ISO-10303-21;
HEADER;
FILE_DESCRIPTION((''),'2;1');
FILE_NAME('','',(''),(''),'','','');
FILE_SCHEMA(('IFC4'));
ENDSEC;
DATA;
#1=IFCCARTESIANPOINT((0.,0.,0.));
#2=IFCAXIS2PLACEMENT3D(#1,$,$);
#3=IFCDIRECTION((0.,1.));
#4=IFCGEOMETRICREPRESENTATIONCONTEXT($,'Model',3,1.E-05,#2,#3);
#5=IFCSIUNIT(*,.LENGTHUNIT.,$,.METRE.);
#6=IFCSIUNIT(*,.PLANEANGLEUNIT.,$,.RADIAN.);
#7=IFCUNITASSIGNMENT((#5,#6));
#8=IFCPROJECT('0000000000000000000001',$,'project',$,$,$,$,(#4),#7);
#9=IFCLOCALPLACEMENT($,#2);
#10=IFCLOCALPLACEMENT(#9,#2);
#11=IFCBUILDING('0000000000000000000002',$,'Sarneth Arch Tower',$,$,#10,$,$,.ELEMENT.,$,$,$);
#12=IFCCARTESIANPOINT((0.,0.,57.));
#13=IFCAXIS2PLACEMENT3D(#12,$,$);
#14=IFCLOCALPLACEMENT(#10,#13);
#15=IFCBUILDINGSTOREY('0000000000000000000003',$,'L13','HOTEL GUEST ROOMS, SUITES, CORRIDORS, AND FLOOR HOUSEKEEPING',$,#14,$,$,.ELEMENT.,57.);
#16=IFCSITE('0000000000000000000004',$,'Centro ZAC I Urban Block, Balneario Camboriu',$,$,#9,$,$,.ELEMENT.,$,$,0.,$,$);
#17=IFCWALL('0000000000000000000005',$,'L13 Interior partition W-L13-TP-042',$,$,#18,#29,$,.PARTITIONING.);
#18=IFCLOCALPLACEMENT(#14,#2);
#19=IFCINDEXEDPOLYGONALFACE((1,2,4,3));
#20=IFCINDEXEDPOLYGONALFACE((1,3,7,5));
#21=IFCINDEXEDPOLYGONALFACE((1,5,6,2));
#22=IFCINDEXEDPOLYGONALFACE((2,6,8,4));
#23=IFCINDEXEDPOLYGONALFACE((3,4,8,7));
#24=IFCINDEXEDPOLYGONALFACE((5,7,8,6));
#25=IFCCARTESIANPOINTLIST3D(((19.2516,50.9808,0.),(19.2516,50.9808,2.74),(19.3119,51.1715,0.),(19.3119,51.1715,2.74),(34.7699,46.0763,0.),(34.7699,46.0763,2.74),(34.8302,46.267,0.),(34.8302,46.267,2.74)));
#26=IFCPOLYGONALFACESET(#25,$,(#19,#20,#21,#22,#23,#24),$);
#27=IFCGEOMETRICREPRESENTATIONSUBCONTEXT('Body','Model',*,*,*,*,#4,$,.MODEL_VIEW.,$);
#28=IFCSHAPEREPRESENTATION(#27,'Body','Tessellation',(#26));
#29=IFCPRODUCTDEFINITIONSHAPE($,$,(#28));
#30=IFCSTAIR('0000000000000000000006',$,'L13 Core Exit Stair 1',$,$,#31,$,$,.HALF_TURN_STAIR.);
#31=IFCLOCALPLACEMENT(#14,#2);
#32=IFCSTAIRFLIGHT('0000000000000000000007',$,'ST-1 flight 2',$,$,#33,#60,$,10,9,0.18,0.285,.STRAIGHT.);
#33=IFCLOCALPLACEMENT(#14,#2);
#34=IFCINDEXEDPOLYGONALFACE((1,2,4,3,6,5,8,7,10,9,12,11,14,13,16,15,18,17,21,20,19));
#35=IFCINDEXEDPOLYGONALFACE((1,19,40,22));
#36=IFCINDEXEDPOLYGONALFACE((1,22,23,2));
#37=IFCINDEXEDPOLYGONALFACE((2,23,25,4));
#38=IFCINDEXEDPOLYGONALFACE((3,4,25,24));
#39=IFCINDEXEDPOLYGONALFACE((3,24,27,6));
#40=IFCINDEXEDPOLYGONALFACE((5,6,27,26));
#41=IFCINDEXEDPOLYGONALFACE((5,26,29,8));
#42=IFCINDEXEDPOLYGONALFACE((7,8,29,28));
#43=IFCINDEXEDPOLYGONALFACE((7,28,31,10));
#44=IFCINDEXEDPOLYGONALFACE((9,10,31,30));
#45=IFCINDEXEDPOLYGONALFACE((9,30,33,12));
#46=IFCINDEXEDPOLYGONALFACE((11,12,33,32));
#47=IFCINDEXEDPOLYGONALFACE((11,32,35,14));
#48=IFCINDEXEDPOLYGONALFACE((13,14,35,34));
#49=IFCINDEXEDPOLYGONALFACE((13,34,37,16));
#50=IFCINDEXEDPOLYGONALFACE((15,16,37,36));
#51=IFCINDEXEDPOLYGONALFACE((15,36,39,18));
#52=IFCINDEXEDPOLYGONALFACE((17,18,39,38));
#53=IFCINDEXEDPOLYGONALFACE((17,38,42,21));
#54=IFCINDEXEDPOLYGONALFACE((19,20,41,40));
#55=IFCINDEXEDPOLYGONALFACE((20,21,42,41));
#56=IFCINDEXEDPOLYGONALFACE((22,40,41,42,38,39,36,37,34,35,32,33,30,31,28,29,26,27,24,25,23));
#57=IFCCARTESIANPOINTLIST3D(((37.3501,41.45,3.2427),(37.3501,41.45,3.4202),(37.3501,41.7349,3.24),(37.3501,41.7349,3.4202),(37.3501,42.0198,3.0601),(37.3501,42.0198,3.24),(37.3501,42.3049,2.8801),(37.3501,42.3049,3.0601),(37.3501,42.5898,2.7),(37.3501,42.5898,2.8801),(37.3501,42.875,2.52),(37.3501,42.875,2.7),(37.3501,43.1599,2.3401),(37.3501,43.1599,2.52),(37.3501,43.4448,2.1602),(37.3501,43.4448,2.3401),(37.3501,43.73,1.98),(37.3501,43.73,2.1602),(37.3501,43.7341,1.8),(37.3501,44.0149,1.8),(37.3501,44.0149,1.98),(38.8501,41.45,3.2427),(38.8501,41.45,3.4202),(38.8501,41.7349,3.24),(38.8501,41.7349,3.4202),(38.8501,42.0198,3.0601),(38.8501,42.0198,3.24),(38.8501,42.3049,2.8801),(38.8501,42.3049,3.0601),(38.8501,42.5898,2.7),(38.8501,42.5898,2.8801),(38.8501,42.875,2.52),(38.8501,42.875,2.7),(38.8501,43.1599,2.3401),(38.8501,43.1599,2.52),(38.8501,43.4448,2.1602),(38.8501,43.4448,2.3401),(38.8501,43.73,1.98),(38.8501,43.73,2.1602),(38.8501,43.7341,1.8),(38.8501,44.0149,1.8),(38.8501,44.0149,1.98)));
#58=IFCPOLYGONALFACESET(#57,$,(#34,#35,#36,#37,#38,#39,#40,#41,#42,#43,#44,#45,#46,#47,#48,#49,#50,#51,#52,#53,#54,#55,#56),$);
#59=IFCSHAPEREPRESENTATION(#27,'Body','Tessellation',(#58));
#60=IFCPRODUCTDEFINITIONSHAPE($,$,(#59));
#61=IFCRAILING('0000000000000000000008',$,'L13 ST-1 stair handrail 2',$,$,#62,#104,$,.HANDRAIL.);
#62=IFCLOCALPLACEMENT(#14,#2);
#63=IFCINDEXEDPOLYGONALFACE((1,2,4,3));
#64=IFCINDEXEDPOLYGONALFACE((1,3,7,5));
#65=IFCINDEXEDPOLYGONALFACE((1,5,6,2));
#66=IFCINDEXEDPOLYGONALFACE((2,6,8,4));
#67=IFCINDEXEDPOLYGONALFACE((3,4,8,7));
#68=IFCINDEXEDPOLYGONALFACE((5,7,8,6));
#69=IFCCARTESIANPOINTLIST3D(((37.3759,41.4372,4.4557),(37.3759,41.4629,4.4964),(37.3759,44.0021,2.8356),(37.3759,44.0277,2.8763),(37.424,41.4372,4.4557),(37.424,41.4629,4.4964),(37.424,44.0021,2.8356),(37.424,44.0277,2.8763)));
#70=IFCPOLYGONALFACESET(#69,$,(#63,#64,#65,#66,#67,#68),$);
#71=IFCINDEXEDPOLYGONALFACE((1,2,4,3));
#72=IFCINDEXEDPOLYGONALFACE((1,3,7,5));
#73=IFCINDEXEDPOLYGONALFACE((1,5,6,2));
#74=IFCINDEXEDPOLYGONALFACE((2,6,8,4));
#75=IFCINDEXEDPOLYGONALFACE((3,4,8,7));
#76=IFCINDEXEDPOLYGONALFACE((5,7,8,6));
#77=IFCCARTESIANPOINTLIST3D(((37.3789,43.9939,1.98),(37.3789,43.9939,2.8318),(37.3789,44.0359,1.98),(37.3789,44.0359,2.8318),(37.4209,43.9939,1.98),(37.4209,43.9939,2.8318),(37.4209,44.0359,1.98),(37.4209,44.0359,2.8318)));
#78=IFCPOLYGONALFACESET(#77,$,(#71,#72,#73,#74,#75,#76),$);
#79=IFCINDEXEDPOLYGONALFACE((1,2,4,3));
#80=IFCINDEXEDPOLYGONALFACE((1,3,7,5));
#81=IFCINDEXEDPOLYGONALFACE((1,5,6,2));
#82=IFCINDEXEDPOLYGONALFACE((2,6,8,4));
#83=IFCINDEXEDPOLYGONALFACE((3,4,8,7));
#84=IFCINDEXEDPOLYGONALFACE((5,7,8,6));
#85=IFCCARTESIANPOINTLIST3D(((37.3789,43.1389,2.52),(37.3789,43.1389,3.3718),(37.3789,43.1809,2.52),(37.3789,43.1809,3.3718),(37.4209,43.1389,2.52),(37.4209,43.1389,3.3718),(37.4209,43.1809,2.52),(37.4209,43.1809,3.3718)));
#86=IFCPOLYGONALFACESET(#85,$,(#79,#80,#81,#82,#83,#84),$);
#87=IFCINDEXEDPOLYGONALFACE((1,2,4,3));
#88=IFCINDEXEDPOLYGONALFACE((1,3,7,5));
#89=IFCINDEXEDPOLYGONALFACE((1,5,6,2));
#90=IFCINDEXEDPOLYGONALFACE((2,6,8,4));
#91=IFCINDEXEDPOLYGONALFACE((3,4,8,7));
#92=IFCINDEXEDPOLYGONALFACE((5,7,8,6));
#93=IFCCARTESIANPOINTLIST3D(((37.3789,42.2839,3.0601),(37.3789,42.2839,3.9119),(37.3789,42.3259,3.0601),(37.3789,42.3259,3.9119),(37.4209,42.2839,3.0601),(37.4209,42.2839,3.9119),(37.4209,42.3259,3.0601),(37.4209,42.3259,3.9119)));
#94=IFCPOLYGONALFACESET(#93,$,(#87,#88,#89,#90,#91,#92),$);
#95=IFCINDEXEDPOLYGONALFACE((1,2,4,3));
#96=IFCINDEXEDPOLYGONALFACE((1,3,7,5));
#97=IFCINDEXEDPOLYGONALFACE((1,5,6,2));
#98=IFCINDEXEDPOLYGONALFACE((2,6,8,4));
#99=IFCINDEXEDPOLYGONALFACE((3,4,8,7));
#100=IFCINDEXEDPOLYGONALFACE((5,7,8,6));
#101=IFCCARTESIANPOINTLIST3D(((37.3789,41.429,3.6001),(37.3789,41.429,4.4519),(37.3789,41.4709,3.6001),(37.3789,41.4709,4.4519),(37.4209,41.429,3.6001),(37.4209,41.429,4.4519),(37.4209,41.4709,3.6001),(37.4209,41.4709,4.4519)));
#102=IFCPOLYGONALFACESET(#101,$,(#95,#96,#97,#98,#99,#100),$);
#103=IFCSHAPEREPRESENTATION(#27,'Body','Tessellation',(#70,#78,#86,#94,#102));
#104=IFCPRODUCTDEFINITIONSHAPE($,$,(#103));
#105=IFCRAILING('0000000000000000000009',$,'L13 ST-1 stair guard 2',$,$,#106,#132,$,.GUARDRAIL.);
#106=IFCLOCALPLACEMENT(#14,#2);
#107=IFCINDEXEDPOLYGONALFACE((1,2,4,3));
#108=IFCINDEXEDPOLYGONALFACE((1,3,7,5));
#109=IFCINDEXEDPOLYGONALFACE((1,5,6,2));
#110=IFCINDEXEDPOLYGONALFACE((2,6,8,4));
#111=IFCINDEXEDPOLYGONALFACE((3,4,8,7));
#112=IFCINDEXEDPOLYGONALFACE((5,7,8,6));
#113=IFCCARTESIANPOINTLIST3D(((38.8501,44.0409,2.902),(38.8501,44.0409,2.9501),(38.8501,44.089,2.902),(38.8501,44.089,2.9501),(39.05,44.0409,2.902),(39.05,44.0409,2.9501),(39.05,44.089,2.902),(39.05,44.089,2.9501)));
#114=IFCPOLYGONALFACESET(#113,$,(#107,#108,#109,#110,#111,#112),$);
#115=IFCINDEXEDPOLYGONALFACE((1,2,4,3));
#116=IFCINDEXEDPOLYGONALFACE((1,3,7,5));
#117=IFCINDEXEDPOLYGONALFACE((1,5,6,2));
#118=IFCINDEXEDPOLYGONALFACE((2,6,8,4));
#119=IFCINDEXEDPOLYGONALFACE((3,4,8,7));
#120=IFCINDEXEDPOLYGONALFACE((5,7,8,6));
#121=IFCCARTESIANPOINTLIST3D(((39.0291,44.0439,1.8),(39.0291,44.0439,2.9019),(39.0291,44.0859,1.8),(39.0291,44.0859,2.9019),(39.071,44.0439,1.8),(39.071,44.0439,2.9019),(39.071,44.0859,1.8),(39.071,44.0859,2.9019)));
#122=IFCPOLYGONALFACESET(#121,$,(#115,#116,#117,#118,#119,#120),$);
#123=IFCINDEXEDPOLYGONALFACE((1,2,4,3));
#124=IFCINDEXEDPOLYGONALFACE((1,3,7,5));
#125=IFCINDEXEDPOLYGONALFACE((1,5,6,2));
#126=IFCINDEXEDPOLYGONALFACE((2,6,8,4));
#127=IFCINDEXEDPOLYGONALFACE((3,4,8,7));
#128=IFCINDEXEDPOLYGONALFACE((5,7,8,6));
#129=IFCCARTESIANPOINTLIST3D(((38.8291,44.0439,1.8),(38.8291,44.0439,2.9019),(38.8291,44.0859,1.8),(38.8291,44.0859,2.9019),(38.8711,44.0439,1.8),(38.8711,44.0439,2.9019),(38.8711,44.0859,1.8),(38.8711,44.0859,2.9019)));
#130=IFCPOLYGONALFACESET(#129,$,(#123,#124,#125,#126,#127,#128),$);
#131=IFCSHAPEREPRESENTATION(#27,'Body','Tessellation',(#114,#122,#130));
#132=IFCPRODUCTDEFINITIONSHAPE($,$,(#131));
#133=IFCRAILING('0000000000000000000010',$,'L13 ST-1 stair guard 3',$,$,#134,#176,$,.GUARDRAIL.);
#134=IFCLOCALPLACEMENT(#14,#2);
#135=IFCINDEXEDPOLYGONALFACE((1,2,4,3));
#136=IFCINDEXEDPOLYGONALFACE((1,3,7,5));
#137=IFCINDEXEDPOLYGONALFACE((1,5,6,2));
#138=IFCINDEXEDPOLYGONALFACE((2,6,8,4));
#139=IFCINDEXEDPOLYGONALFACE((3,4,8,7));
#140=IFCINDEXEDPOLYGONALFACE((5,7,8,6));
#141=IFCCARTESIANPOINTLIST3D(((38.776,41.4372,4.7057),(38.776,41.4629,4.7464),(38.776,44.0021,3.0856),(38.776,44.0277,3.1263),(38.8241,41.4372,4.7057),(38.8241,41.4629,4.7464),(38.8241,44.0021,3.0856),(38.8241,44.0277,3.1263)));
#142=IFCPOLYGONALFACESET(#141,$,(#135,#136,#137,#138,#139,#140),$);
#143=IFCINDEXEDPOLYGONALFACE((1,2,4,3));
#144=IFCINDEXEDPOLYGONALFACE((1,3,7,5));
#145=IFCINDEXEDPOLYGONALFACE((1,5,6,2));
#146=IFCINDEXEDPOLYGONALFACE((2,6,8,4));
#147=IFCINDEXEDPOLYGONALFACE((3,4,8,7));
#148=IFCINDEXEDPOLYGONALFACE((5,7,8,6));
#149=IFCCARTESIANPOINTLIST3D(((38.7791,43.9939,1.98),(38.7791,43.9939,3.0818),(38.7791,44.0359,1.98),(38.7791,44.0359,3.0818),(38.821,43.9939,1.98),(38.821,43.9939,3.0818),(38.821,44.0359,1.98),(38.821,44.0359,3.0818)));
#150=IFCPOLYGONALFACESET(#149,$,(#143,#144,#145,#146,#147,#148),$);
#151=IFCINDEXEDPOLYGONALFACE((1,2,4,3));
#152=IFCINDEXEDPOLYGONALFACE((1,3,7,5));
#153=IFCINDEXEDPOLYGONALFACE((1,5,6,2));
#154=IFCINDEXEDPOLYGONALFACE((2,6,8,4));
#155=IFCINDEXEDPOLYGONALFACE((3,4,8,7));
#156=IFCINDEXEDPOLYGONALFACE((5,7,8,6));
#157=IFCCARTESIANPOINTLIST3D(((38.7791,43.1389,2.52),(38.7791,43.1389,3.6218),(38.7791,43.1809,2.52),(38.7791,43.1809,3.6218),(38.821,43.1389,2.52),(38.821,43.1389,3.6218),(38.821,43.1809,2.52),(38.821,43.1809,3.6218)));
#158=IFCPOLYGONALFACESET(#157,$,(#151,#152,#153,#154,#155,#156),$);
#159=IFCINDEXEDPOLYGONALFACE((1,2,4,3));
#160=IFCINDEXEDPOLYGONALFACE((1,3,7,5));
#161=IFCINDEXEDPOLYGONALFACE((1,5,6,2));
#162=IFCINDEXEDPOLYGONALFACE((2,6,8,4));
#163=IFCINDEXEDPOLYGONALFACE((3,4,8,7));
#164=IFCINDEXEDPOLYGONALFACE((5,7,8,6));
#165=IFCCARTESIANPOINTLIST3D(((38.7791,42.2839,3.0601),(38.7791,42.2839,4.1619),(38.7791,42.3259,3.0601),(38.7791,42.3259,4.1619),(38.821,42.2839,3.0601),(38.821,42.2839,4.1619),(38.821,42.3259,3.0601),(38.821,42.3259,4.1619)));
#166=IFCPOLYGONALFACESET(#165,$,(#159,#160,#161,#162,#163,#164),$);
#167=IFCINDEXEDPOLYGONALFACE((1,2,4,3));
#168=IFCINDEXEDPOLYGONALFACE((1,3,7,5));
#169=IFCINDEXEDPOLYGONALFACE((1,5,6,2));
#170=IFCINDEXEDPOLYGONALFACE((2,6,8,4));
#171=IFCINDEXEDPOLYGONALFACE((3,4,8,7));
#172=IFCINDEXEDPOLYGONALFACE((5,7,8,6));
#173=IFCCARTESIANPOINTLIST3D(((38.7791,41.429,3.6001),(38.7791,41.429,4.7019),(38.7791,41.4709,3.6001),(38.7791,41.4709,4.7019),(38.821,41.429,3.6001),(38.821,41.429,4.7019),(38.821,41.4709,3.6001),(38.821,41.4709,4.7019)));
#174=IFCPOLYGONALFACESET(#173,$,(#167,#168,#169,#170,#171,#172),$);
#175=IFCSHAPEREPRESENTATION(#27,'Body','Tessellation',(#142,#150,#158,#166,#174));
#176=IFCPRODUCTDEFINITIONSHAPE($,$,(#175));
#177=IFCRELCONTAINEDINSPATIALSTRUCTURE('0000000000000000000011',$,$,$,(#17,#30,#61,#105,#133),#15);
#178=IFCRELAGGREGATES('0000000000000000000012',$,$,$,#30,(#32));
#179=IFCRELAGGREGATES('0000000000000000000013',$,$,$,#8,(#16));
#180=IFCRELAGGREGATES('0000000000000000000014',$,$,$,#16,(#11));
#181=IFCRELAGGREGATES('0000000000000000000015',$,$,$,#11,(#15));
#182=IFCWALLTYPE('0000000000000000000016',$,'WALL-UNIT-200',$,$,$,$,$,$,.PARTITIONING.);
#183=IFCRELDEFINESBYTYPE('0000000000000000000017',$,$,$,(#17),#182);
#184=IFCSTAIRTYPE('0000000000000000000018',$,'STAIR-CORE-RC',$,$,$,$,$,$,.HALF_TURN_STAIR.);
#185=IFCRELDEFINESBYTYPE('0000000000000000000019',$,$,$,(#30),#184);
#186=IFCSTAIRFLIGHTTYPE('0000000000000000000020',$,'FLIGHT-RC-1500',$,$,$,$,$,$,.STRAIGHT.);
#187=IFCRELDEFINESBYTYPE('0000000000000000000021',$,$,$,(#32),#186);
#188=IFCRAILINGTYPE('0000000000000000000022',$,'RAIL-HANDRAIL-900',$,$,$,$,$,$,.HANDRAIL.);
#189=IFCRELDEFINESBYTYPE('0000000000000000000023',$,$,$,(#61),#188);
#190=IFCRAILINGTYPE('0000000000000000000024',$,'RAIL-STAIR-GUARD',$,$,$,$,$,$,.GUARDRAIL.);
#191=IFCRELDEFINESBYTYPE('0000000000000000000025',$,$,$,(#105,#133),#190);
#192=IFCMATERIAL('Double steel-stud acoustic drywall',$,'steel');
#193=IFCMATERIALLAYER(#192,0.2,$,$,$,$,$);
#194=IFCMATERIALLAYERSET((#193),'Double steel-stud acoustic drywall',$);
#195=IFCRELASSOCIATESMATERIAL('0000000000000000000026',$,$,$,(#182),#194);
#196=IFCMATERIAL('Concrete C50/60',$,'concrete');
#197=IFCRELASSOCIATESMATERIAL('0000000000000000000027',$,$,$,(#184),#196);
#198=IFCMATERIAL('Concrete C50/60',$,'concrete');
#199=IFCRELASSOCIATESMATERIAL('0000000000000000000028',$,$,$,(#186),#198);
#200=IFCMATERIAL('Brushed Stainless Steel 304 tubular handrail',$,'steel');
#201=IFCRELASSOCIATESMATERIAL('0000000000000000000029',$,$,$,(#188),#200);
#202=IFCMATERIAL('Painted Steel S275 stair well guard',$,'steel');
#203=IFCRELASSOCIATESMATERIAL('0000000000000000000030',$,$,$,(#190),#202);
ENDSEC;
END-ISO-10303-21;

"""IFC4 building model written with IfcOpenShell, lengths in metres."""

from ifc_helpers import new_model, si_unit, direction, frame, frame_2d, origin, origin_2d, place, context, subcontext, project, spatial, polyline, rectangle, outline, extrude, material, layer, layer_set, type_object, element, aggregate, save


model = new_model("IFC4")

# Units and contexts
model_context = context("Model", 3, precision=1e-05, world=origin(), true_north=direction((0.0, 1.0)))
body_context = subcontext(model_context, "Body", "Model", "MODEL_VIEW")
ifc_project = project(units=[si_unit("LENGTHUNIT", "METRE"), si_unit("PLANEANGLEUNIT", "RADIAN")], contexts=[model_context])

# Site, building, storey
site_placement = place(None, origin())
site = spatial("IfcSite", under=ifc_project, at=site_placement, Name="Centro ZAC I Urban Block, Balneario Camboriu", CompositionType="ELEMENT", RefElevation=0.0)
building_placement = place(site_placement, origin())
building = spatial("IfcBuilding", under=site, at=building_placement, Name="Sarneth Arch Tower", CompositionType="ELEMENT")
storey_placement = place(building_placement, frame((0.0, 0.0, 57.0)))
storey = spatial("IfcBuildingStorey", under=building, at=storey_placement, Name="L13", Description="HOTEL GUEST ROOMS, SUITES, CORRIDORS, AND FLOOR HOUSEKEEPING", CompositionType="ELEMENT", Elevation=57.0)

# Wall
ifc_material_1 = material(Name="Double steel-stud acoustic drywall", Category="steel")
ifc_layer_1 = layer(ifc_material_1, 0.2)
ifc_layer_set_1 = layer_set([ifc_layer_1], Name="Double steel-stud acoustic drywall")
wall_type_1 = type_object("IfcWallType", Name="WALL-UNIT-200", PredefinedType="PARTITIONING", material=ifc_layer_set_1)
wall_1_placement = place(storey_placement, frame((34.8, 46.1716, 0.0), z_axis=(0.0, 0.0, 1.0), x_axis=(-0.953512, 0.301356, 0.0)))
element("IfcWall", 1, at=wall_1_placement, inside=storey, type_object=wall_type_1, Name="L13 Interior partition W-L13-TP-042", PredefinedType="PARTITIONING", context=body_context, shape_type="SweptSolid", body=[
    extrude(rectangle(XDim=16.2749, YDim=0.2, at=frame_2d((8.1375, 0.0))), origin(), (0.0, 0.0, 1.0), 2.74),
])

# Stair, stair flight
ifc_material_2 = material(Name="Concrete C50/60", Category="concrete")
stair_type = type_object("IfcStairType", Name="STAIR-CORE-RC", PredefinedType="HALF_TURN_STAIR", material=ifc_material_2)
stair_placement = place(storey_placement, origin())
stair = element("IfcStair", 2, at=stair_placement, inside=storey, type_object=stair_type, Name="L13 Core Exit Stair 1", PredefinedType="HALF_TURN_STAIR")
ifc_material_3 = material(Name="Concrete C50/60", Category="concrete")
stair_flight_type = type_object("IfcStairFlightType", Name="FLIGHT-RC-1500", PredefinedType="STRAIGHT", material=ifc_material_3)
stair_flight_placement = place(storey_placement, frame((38.1001, 44.0149, 1.8), z_axis=(0.0, 0.0, 1.0), x_axis=(0.0, -1.0, 0.0)))
stair_flight = element("IfcStairFlight", 3, at=stair_flight_placement, type_object=stair_flight_type, Name="ST-1 flight 2", NumberOfRisers=10, NumberOfTreads=9, PredefinedType="STRAIGHT", RiserHeight=0.18, TreadLength=0.285, context=body_context, shape_type="SweptSolid", body=[
    extrude(outline(polyline([(0.0, 0.0), (0.0, 0.1799), (0.2849, 0.1799), (0.2849, 0.3601), (0.5701, 0.3601), (0.5701, 0.54), (0.855, 0.54), (0.855, 0.72), (1.1399, 0.72), (1.1399, 0.8999), (1.425, 0.8999), (1.425, 1.0801), (1.71, 1.0801), (1.71, 1.26), (1.9951, 1.26), (1.9951, 1.4399), (2.28, 1.4399), (2.28, 1.6201), (2.5649, 1.6201), (2.5649, 1.8), (2.5649, 1.4426), (0.2808, 0.0), (0.0, 0.0)])), frame((0.0, 0.75, 0.0), z_axis=(0.0, -1.0, 0.0), x_axis=(1.0, 0.0, 0.0)), (0.0, 0.0, 1.0), 1.5),
])
aggregate(stair, [stair_flight])

# Railings
ifc_material_4 = material(Name="Brushed Stainless Steel 304 tubular handrail", Category="steel")
railing_type_1 = type_object("IfcRailingType", Name="RAIL-HANDRAIL-900", PredefinedType="HANDRAIL", material=ifc_material_4)
railing_1_placement = place(storey_placement, frame((37.3999, 44.0149, 1.98)))
element("IfcRailing", 4, at=railing_1_placement, inside=storey, type_object=railing_type_1, Name="L13 ST-1 stair handrail 2", PredefinedType="HANDRAIL", context=body_context, shape_type="SweptSolid", body=[
    extrude(rectangle(XDim=0.0481, YDim=0.0481, at=origin_2d()), frame((0.0, 0.0, 0.876), z_axis=(0.0, -0.845466, 0.534029), x_axis=(1.0, 0.0, 0.0)), (0.0, 0.0, 1.0), 3.0337),
    extrude(rectangle(XDim=0.042, YDim=0.042, at=origin_2d()), origin(), (0.0, 0.0, 1.0), 0.8518),
    extrude(rectangle(XDim=0.042, YDim=0.042, at=origin_2d()), frame((0.0, -0.855, 0.54)), (0.0, 0.0, 1.0), 0.8518),
    extrude(rectangle(XDim=0.042, YDim=0.042, at=origin_2d()), frame((0.0, -1.71, 1.0801)), (0.0, 0.0, 1.0), 0.8518),
    extrude(rectangle(XDim=0.042, YDim=0.042, at=origin_2d()), frame((0.0, -2.5649, 1.6201)), (0.0, 0.0, 1.0), 0.8518),
])
ifc_material_5 = material(Name="Painted Steel S275 stair well guard", Category="steel")
railing_type_2 = type_object("IfcRailingType", Name="RAIL-STAIR-GUARD", PredefinedType="GUARDRAIL", material=ifc_material_5)
railing_2_placement = place(storey_placement, frame((39.05, 44.0649, 1.8)))
element("IfcRailing", 5, at=railing_2_placement, inside=storey, type_object=railing_type_2, Name="L13 ST-1 stair guard 2", PredefinedType="GUARDRAIL", context=body_context, shape_type="SweptSolid", body=[
    extrude(rectangle(XDim=0.0481, YDim=0.0481, at=origin_2d()), frame((0.0, 0.0, 1.126), z_axis=(-1.0, 0.0, 0.0), x_axis=(0.0, -1.0, 0.0)), (0.0, 0.0, 1.0), 0.2),
    extrude(rectangle(XDim=0.042, YDim=0.042, at=origin_2d()), origin(), (0.0, 0.0, 1.0), 1.1018),
    extrude(rectangle(XDim=0.042, YDim=0.042, at=origin_2d()), frame((-0.2, 0.0, 0.0)), (0.0, 0.0, 1.0), 1.1018),
])
railing_3_placement = place(storey_placement, frame((38.8, 44.0149, 1.98)))
element("IfcRailing", 6, at=railing_3_placement, inside=storey, type_object=railing_type_2, Name="L13 ST-1 stair guard 3", PredefinedType="GUARDRAIL", context=body_context, shape_type="SweptSolid", body=[
    extrude(rectangle(XDim=0.0481, YDim=0.0481, at=origin_2d()), frame((0.0, 0.0, 1.126), z_axis=(0.0, -0.845466, 0.534029), x_axis=(1.0, 0.0, 0.0)), (0.0, 0.0, 1.0), 3.0337),
    extrude(rectangle(XDim=0.042, YDim=0.042, at=origin_2d()), origin(), (0.0, 0.0, 1.0), 1.1018),
    extrude(rectangle(XDim=0.042, YDim=0.042, at=origin_2d()), frame((0.0, -0.855, 0.54)), (0.0, 0.0, 1.0), 1.1018),
    extrude(rectangle(XDim=0.042, YDim=0.042, at=origin_2d()), frame((0.0, -1.71, 1.0801)), (0.0, 0.0, 1.0), 1.1018),
    extrude(rectangle(XDim=0.042, YDim=0.042, at=origin_2d()), frame((0.0, -2.5649, 1.6201)), (0.0, 0.0, 1.0), 1.1018),
])

save(model, "model.ifc")
